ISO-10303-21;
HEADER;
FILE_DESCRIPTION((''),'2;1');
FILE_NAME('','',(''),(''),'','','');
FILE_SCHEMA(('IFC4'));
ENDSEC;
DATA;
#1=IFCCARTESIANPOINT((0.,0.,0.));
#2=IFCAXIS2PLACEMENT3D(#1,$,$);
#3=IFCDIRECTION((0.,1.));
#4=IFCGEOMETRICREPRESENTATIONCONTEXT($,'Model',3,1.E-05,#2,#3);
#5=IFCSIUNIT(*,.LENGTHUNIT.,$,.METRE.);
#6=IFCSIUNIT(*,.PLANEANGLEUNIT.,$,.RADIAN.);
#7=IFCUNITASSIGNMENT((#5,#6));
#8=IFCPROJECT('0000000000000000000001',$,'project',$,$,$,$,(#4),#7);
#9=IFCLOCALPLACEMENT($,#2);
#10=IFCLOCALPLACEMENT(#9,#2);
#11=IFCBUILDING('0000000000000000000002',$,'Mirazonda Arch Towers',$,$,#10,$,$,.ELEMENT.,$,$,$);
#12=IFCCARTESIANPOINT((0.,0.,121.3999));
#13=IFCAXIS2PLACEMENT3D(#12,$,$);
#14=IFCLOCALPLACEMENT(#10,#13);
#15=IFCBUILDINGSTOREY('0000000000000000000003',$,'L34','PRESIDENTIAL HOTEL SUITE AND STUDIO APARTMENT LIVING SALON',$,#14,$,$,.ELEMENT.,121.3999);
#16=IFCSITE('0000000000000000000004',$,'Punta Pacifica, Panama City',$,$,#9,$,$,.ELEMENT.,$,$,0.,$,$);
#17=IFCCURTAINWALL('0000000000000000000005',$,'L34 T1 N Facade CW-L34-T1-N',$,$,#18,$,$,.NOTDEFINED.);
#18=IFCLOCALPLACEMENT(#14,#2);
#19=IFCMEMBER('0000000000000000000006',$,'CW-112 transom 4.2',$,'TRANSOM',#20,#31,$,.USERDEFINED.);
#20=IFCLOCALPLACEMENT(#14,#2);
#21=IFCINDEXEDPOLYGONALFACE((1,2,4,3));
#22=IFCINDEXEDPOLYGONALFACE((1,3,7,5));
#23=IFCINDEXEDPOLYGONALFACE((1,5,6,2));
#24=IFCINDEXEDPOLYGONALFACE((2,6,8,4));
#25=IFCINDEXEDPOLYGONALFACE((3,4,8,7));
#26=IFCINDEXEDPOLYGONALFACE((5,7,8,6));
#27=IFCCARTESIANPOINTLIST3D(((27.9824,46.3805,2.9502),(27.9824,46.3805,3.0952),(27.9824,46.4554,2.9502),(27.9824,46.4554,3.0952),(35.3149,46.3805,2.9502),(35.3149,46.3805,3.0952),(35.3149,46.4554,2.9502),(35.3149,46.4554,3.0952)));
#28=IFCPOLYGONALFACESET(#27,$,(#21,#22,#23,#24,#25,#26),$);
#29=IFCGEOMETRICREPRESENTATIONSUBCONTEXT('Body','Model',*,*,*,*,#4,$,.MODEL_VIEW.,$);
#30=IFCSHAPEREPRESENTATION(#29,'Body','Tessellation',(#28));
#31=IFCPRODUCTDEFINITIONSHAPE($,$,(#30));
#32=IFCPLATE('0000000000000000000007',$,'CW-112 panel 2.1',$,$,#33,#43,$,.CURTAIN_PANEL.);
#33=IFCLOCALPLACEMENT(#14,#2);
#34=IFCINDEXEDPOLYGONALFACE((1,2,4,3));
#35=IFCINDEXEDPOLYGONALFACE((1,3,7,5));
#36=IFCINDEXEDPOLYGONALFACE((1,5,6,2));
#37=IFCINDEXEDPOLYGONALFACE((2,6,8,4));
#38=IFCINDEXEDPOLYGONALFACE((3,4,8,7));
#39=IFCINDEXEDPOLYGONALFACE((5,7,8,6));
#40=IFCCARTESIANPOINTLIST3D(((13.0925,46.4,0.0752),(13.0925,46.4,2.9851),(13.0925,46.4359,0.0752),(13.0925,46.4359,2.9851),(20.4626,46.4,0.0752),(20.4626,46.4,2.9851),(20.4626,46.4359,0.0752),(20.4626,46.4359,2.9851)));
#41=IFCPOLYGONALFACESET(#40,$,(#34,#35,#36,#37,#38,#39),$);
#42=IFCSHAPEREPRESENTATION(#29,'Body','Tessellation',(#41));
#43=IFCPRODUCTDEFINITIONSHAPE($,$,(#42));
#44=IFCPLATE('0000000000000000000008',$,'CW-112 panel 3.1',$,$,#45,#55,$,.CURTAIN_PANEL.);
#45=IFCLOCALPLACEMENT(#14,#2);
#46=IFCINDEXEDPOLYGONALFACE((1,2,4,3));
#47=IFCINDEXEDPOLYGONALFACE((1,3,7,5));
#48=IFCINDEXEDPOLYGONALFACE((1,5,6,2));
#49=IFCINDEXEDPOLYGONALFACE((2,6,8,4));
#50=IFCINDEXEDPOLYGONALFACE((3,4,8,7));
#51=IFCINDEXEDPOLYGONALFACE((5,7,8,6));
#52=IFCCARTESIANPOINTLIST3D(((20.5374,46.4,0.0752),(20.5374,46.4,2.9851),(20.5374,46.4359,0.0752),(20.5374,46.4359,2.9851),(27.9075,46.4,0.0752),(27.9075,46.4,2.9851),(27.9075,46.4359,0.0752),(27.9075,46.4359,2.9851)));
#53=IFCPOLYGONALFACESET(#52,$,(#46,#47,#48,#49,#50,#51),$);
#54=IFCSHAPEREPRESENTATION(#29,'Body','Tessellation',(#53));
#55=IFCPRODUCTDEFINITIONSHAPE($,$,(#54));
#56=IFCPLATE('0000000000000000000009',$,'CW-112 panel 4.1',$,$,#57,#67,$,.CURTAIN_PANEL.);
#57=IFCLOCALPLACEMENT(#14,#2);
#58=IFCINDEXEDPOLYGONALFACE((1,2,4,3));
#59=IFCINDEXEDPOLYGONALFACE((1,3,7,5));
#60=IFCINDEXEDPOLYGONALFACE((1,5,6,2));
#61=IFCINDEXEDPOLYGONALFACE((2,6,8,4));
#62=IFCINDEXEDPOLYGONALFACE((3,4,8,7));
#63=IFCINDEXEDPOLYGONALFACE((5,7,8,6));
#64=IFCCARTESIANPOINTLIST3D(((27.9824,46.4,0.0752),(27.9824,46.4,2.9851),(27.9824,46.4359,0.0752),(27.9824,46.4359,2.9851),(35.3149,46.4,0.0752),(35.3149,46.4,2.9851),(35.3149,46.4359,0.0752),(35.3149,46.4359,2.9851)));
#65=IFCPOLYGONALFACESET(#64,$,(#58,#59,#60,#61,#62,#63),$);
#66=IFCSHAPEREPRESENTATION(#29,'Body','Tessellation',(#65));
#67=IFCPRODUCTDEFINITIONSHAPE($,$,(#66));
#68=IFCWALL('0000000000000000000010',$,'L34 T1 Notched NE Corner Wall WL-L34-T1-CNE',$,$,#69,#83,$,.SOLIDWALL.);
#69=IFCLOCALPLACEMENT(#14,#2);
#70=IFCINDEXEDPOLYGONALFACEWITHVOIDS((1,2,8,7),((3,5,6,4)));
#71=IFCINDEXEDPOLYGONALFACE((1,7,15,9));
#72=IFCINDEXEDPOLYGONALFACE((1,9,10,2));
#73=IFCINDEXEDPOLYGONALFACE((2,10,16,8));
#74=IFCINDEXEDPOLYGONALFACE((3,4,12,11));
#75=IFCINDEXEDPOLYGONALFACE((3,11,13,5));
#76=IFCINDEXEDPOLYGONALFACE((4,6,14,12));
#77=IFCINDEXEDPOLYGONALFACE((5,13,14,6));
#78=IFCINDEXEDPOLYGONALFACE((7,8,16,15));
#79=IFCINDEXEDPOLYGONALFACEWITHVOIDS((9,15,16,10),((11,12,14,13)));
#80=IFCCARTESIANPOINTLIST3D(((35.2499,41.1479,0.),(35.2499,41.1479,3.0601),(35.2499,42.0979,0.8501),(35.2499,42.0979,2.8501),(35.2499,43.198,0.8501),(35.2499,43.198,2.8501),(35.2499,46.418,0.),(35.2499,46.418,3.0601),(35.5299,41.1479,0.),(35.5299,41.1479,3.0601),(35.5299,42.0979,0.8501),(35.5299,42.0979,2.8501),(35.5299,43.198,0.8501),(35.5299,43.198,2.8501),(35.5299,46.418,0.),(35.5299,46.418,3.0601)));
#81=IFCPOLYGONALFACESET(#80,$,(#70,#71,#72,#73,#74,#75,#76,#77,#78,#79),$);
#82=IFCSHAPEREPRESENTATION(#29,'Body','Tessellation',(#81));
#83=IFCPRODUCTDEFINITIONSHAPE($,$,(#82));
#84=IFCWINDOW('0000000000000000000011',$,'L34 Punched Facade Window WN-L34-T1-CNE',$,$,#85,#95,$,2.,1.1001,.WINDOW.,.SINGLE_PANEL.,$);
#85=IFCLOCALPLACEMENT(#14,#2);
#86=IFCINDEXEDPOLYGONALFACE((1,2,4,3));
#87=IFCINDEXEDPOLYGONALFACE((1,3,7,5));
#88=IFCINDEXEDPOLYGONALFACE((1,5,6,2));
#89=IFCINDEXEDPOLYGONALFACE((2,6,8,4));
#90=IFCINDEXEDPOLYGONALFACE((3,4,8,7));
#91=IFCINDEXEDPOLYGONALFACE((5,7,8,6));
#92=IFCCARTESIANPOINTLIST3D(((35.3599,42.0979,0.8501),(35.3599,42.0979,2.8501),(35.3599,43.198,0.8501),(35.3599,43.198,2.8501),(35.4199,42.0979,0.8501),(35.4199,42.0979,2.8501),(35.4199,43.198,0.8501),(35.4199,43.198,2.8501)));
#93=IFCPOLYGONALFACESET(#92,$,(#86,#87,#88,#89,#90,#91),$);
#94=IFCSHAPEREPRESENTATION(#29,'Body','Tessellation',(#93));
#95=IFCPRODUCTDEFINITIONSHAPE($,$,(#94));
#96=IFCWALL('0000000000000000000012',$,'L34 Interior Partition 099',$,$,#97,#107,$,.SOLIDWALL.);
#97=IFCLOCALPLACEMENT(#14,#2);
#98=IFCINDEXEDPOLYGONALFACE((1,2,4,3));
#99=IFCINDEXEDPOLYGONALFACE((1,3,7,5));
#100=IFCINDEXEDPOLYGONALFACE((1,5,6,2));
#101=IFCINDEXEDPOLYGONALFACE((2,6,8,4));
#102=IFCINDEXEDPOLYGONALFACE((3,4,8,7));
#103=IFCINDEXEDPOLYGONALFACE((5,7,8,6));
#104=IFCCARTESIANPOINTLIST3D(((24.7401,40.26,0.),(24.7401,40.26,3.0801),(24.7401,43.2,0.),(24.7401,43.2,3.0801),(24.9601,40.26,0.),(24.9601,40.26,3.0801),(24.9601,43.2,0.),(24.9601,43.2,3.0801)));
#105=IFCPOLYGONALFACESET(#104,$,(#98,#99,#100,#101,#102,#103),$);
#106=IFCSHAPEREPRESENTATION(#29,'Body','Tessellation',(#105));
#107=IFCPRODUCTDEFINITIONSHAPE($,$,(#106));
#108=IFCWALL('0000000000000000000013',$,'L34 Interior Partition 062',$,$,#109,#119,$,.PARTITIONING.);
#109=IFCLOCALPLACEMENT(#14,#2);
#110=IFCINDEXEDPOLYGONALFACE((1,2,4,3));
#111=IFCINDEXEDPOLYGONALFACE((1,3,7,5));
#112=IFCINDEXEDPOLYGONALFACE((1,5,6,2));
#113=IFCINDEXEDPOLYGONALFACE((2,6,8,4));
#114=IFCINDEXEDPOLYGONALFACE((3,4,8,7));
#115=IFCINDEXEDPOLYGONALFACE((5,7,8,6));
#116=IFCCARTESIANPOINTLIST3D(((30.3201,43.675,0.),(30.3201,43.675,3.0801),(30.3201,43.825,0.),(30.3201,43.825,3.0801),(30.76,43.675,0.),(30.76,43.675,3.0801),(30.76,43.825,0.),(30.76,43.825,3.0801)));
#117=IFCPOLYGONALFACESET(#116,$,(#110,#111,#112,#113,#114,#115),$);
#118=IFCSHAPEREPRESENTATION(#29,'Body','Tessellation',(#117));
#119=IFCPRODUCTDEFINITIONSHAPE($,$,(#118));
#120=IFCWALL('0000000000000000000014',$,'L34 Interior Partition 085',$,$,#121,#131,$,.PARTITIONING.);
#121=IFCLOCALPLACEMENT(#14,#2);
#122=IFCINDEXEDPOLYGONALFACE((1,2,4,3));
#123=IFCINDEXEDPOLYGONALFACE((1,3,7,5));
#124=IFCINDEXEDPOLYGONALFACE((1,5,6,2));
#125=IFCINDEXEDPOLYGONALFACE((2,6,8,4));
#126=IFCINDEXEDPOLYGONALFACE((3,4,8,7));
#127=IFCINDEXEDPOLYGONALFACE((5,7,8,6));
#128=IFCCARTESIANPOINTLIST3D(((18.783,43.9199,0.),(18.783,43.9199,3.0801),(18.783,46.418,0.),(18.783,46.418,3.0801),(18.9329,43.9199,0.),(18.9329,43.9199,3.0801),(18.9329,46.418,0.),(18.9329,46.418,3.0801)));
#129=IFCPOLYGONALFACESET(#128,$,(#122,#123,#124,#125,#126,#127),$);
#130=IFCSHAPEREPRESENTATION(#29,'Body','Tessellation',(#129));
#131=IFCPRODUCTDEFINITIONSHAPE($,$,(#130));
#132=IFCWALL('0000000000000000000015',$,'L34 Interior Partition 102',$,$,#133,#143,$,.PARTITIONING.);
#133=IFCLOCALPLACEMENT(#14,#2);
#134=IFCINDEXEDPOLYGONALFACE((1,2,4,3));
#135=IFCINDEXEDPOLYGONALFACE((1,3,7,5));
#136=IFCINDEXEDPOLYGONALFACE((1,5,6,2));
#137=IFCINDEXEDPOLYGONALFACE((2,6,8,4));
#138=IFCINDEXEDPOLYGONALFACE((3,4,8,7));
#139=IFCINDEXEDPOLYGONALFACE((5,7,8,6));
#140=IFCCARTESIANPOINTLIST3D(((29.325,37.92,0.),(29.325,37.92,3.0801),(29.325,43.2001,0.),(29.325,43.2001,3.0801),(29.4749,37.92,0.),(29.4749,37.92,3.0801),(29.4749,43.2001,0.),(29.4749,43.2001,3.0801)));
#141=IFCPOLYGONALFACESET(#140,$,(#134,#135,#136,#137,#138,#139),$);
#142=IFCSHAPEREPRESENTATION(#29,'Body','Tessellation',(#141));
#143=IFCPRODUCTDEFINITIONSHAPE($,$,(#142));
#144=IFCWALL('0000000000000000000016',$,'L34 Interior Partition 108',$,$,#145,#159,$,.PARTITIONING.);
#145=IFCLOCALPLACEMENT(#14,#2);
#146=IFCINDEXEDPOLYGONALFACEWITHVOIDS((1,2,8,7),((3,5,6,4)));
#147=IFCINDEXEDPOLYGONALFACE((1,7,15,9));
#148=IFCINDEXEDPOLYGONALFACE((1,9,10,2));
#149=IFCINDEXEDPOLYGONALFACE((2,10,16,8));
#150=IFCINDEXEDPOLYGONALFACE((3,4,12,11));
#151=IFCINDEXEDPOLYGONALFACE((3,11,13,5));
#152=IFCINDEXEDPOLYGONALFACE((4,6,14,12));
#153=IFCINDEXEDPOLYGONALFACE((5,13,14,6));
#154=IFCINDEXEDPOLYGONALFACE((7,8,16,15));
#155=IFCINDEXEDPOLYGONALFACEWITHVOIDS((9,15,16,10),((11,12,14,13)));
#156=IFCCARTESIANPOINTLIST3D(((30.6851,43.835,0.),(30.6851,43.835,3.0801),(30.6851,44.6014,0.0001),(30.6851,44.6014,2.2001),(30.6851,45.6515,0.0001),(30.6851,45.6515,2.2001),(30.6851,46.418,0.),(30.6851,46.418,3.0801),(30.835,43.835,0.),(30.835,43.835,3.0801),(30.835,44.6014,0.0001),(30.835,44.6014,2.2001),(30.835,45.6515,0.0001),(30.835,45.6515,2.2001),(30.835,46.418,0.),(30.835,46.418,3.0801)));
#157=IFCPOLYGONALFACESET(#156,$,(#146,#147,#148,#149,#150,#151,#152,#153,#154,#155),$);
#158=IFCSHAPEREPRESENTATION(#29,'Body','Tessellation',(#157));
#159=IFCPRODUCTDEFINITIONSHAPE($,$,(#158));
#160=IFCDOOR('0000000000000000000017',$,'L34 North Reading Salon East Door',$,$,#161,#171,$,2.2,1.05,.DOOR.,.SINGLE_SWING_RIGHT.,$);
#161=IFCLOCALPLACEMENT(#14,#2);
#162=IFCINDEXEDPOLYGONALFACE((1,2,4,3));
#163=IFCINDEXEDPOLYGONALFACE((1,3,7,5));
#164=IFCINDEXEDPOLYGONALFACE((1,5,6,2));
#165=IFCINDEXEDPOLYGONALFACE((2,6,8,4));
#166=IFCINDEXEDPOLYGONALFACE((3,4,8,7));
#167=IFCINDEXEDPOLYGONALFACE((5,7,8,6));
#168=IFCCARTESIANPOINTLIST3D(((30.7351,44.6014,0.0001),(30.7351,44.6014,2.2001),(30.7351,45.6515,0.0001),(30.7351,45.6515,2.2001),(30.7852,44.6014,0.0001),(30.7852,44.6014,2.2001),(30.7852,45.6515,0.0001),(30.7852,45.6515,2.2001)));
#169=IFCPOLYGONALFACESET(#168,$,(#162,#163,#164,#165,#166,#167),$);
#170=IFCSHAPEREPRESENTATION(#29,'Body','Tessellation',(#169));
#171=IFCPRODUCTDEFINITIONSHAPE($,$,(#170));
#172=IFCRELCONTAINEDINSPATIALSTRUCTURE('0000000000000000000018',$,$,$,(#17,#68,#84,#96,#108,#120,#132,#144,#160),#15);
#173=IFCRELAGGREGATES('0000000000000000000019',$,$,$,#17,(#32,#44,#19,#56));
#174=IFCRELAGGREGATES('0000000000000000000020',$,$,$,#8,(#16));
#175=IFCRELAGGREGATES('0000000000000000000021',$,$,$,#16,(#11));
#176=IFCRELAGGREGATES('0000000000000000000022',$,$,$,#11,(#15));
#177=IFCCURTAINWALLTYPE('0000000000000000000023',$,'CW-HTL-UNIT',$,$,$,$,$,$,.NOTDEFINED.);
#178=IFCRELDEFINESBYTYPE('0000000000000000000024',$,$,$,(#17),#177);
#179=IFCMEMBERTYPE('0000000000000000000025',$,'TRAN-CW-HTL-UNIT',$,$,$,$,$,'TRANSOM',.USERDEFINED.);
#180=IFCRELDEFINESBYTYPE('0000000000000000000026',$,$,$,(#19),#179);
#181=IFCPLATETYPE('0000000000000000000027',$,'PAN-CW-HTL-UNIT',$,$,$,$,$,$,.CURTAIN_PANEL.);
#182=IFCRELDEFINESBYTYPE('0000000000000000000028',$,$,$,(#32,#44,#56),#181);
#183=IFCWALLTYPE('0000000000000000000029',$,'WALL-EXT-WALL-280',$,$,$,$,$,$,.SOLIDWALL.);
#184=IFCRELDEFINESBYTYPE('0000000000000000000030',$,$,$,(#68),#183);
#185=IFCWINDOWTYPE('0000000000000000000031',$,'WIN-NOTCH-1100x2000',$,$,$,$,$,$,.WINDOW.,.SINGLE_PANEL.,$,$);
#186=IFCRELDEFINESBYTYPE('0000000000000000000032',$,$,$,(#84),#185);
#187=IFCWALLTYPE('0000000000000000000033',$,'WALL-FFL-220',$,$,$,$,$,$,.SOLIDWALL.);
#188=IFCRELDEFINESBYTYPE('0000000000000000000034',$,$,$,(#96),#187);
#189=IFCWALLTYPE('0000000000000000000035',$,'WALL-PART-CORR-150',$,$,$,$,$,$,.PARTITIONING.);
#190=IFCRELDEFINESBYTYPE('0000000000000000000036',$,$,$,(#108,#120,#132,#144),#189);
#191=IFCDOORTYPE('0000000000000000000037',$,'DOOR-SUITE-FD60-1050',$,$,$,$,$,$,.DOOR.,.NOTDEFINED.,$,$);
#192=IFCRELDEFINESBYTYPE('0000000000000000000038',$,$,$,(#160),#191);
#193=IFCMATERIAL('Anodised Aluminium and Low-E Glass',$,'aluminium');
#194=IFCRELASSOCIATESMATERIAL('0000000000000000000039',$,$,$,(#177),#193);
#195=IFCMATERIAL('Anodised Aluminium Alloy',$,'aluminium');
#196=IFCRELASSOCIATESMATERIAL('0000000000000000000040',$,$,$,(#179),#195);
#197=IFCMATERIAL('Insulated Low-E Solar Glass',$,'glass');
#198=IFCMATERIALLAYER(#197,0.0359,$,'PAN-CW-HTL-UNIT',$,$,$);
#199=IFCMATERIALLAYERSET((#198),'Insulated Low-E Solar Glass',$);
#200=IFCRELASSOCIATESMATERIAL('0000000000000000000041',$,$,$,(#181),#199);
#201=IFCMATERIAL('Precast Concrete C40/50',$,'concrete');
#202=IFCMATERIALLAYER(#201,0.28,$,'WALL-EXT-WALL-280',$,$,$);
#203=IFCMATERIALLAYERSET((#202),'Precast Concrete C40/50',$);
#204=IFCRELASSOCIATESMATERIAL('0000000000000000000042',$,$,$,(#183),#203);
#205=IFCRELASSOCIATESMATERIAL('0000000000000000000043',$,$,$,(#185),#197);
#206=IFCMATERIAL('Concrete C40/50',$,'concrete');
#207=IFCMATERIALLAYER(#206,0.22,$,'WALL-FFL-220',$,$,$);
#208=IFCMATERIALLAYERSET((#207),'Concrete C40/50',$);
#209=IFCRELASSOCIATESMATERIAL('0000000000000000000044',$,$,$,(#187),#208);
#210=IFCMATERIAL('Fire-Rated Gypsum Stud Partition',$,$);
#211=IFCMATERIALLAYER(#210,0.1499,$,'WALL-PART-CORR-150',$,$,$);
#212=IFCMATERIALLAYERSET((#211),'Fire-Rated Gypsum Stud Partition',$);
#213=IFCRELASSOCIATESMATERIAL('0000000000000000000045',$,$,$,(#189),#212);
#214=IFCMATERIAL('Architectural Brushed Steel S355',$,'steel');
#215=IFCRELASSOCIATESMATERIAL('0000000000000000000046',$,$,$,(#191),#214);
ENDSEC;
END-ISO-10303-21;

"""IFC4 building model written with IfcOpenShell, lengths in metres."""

from ifc_helpers import new_model, si_unit, direction, frame, frame_2d, origin, origin_2d, place, context, subcontext, project, spatial, rectangle, extrude, material, layer, layer_set, material_profile, profile_set, type_object, element, fill, aggregate, save


model = new_model("IFC4")

# Units and contexts
model_context = context("Model", 3, precision=1e-05, world=origin(), true_north=direction((0.0, 1.0)))
body_context = subcontext(model_context, "Body", "Model", "MODEL_VIEW")
ifc_project = project(units=[si_unit("LENGTHUNIT", "METRE"), si_unit("PLANEANGLEUNIT", "RADIAN")], contexts=[model_context])

# Site, building, storey
site_placement = place(None, origin())
site = spatial("IfcSite", under=ifc_project, at=site_placement, Name="Punta Pacifica, Panama City", CompositionType="ELEMENT", RefElevation=0.0)
building_placement = place(site_placement, origin())
building = spatial("IfcBuilding", under=site, at=building_placement, Name="Mirazonda Arch Towers", CompositionType="ELEMENT")
storey_placement = place(building_placement, frame((0.0, 0.0, 121.3999)))
storey = spatial("IfcBuildingStorey", under=building, at=storey_placement, Name="L34", Description="PRESIDENTIAL HOTEL SUITE AND STUDIO APARTMENT LIVING SALON", CompositionType="ELEMENT", Elevation=121.3999)

# Curtain wall, member, plates
ifc_material_1 = material(Name="Anodised Aluminium and Low-E Glass", Category="aluminium")
curtain_wall_type = type_object("IfcCurtainWallType", Name="CW-HTL-UNIT", PredefinedType="NOTDEFINED", material=ifc_material_1)
curtain_wall_placement = place(storey_placement, origin())
curtain_wall = element("IfcCurtainWall", 1, at=curtain_wall_placement, inside=storey, type_object=curtain_wall_type, Name="L34 T1 N Facade CW-L34-T1-N", PredefinedType="NOTDEFINED")
ifc_material_2 = material(Name="Anodised Aluminium Alloy", Category="aluminium")
ifc_material_profile_1 = material_profile(ifc_material_2, rectangle(XDim=0.075, YDim=0.145, at=origin_2d()), Name="ALU-TRAN-75x145")
ifc_profile_set_1 = profile_set([ifc_material_profile_1], Name="Anodised Aluminium Alloy")
member_type_1 = type_object("IfcMemberType", Name="TRAN-CW-HTL-UNIT", ElementType="TRANSOM", PredefinedType="USERDEFINED", material=ifc_profile_set_1)
member_1_placement = place(storey_placement, frame((27.9824, 46.418, 3.0227), z_axis=(1.0, 0.0, 0.0), x_axis=(0.0, 1.0, 0.0)))
member_1 = element("IfcMember", 2, at=member_1_placement, type_object=member_type_1, Name="CW-112 transom 4.2", ObjectType="TRANSOM", PredefinedType="USERDEFINED", context=body_context, shape_type="SweptSolid", body=[
    extrude(rectangle(XDim=0.075, YDim=0.145, at=origin_2d()), origin(), (0.0, 0.0, 1.0), 7.3325),
])
ifc_material_3 = material(Name="Insulated Low-E Solar Glass", Category="glass")
ifc_layer_1 = layer(ifc_material_3, 0.0359, Name="PAN-CW-HTL-UNIT")
ifc_layer_set_1 = layer_set([ifc_layer_1], Name="Insulated Low-E Solar Glass")
plate_type = type_object("IfcPlateType", Name="PAN-CW-HTL-UNIT", PredefinedType="CURTAIN_PANEL", material=ifc_layer_set_1)
plate_1_placement = place(storey_placement, frame((16.7776, 46.418, 0.0752), z_axis=(0.0, 0.0, 1.0), x_axis=(1.0, 0.0, 0.0)))
plate_1 = element("IfcPlate", 3, at=plate_1_placement, type_object=plate_type, Name="CW-112 panel 2.1", PredefinedType="CURTAIN_PANEL", context=body_context, shape_type="SweptSolid", body=[
    extrude(rectangle(XDim=7.3701, YDim=0.0359, at=origin_2d()), origin(), (0.0, 0.0, 1.0), 2.9099),
])
plate_2_placement = place(storey_placement, frame((24.2224, 46.418, 0.0752), z_axis=(0.0, 0.0, 1.0), x_axis=(1.0, 0.0, 0.0)))
plate_2 = element("IfcPlate", 4, at=plate_2_placement, type_object=plate_type, Name="CW-112 panel 3.1", PredefinedType="CURTAIN_PANEL", context=body_context, shape_type="SweptSolid", body=[
    extrude(rectangle(XDim=7.3701, YDim=0.0359, at=origin_2d()), origin(), (0.0, 0.0, 1.0), 2.9099),
])
plate_3_placement = place(storey_placement, frame((31.6487, 46.418, 0.0752), z_axis=(0.0, 0.0, 1.0), x_axis=(1.0, 0.0, 0.0)))
plate_3 = element("IfcPlate", 5, at=plate_3_placement, type_object=plate_type, Name="CW-112 panel 4.1", PredefinedType="CURTAIN_PANEL", context=body_context, shape_type="SweptSolid", body=[
    extrude(rectangle(XDim=7.3325, YDim=0.0359, at=origin_2d()), origin(), (0.0, 0.0, 1.0), 2.9099),
])
aggregate(curtain_wall, [plate_1, plate_2, member_1, plate_3])

# Wall, opening, window
ifc_material_4 = material(Name="Precast Concrete C40/50", Category="concrete")
ifc_layer_2 = layer(ifc_material_4, 0.28, Name="WALL-EXT-WALL-280")
ifc_layer_set_2 = layer_set([ifc_layer_2], Name="Precast Concrete C40/50")
wall_type_1 = type_object("IfcWallType", Name="WALL-EXT-WALL-280", PredefinedType="SOLIDWALL", material=ifc_layer_set_2)
wall_1_placement = place(storey_placement, frame((35.3899, 41.1479, 0.0), z_axis=(0.0, 0.0, 1.0), x_axis=(0.0, 1.0, 0.0)))
wall_1 = element("IfcWall", 6, at=wall_1_placement, inside=storey, type_object=wall_type_1, Name="L34 T1 Notched NE Corner Wall WL-L34-T1-CNE", PredefinedType="SOLIDWALL", context=body_context, shape_type="SweptSolid", body=[
    extrude(rectangle(XDim=5.27, YDim=0.28, at=frame_2d((2.635, 0.0))), origin(), (0.0, 0.0, 1.0), 3.0601),
])
opening_1_placement = place(wall_1_placement, frame((0.95, 0.0, 0.8501)))
opening_1 = element("IfcOpeningElement", 7, at=opening_1_placement, cuts=wall_1, PredefinedType="OPENING", context=body_context, shape_type="SweptSolid", body=[
    extrude(rectangle(XDim=1.1001, YDim=2.0, at=frame_2d((0.55, 1.0))), frame((0.0, 0.1499, 0.0), z_axis=(0.0, -1.0, 0.0), x_axis=(1.0, 0.0, 0.0)), (0.0, 0.0, 1.0), 0.3),
])
window_type = type_object("IfcWindowType", Name="WIN-NOTCH-1100x2000", PartitioningType="SINGLE_PANEL", PredefinedType="WINDOW", material=ifc_material_3)
window_placement = place(opening_1_placement, origin())
window = element("IfcWindow", 8, at=window_placement, inside=storey, type_object=window_type, Name="L34 Punched Facade Window WN-L34-T1-CNE", OverallHeight=2.0, OverallWidth=1.1001, PartitioningType="SINGLE_PANEL", PredefinedType="WINDOW", context=body_context, shape_type="SweptSolid", body=[
    extrude(rectangle(XDim=1.1001, YDim=2.0, at=frame_2d((0.55, 1.0))), frame((0.0, 0.03, 0.0), z_axis=(0.0, -1.0, 0.0), x_axis=(1.0, 0.0, 0.0)), (0.0, 0.0, 1.0), 0.0601),
])
fill(opening_1, window)

# Walls
ifc_material_5 = material(Name="Concrete C40/50", Category="concrete")
ifc_layer_3 = layer(ifc_material_5, 0.22, Name="WALL-FFL-220")
ifc_layer_set_3 = layer_set([ifc_layer_3], Name="Concrete C40/50")
wall_type_2 = type_object("IfcWallType", Name="WALL-FFL-220", PredefinedType="SOLIDWALL", material=ifc_layer_set_3)
wall_2_placement = place(storey_placement, frame((24.8501, 40.26, 0.0), z_axis=(0.0, 0.0, 1.0), x_axis=(0.0, 1.0, 0.0)))
element("IfcWall", 9, at=wall_2_placement, inside=storey, type_object=wall_type_2, Name="L34 Interior Partition 099", PredefinedType="SOLIDWALL", context=body_context, shape_type="SweptSolid", body=[
    extrude(rectangle(XDim=2.9399, YDim=0.22, at=frame_2d((1.47, 0.0))), origin(), (0.0, 0.0, 1.0), 3.0801),
])
ifc_material_6 = material(Name="Fire-Rated Gypsum Stud Partition")
ifc_layer_4 = layer(ifc_material_6, 0.1499, Name="WALL-PART-CORR-150")
ifc_layer_set_4 = layer_set([ifc_layer_4], Name="Fire-Rated Gypsum Stud Partition")
wall_type_3 = type_object("IfcWallType", Name="WALL-PART-CORR-150", PredefinedType="PARTITIONING", material=ifc_layer_set_4)
wall_3_placement = place(storey_placement, frame((30.3201, 43.75, 0.0), z_axis=(0.0, 0.0, 1.0), x_axis=(1.0, 0.0, 0.0)))
element("IfcWall", 10, at=wall_3_placement, inside=storey, type_object=wall_type_3, Name="L34 Interior Partition 062", PredefinedType="PARTITIONING", context=body_context, shape_type="SweptSolid", body=[
    extrude(rectangle(XDim=0.4399, YDim=0.1499, at=frame_2d((0.22, 0.0))), origin(), (0.0, 0.0, 1.0), 3.0801),
])
wall_4_placement = place(storey_placement, frame((18.8579, 43.9199, 0.0), z_axis=(0.0, 0.0, 1.0), x_axis=(0.0, 1.0, 0.0)))
element("IfcWall", 11, at=wall_4_placement, inside=storey, type_object=wall_type_3, Name="L34 Interior Partition 085", PredefinedType="PARTITIONING", context=body_context, shape_type="SweptSolid", body=[
    extrude(rectangle(XDim=2.498, YDim=0.1499, at=frame_2d((1.249, 0.0))), origin(), (0.0, 0.0, 1.0), 3.0801),
])
wall_5_placement = place(storey_placement, frame((29.3999, 37.9199, 0.0), z_axis=(0.0, 0.0, 1.0), x_axis=(0.0, 1.0, 0.0)))
element("IfcWall", 12, at=wall_5_placement, inside=storey, type_object=wall_type_3, Name="L34 Interior Partition 102", PredefinedType="PARTITIONING", context=body_context, shape_type="SweptSolid", body=[
    extrude(rectangle(XDim=5.28, YDim=0.1499, at=frame_2d((2.6401, 0.0))), origin(), (0.0, 0.0, 1.0), 3.0801),
])

# Wall, opening, door
wall_6_placement = place(storey_placement, frame((30.76, 43.835, 0.0), z_axis=(0.0, 0.0, 1.0), x_axis=(0.0, 1.0, 0.0)))
wall_6 = element("IfcWall", 13, at=wall_6_placement, inside=storey, type_object=wall_type_3, Name="L34 Interior Partition 108", PredefinedType="PARTITIONING", context=body_context, shape_type="SweptSolid", body=[
    extrude(rectangle(XDim=2.583, YDim=0.1499, at=frame_2d((1.2915, 0.0))), origin(), (0.0, 0.0, 1.0), 3.0801),
])
opening_2_placement = place(wall_6_placement, frame((0.7666, 0.0, 0.0)))
opening_2 = element("IfcOpeningElement", 14, at=opening_2_placement, cuts=wall_6, PredefinedType="OPENING", context=body_context, shape_type="SweptSolid", body=[
    extrude(rectangle(XDim=1.05, YDim=2.2, at=frame_2d((0.5249, 1.1001))), frame((0.0, 0.085, 0.0), z_axis=(0.0, -1.0, 0.0), x_axis=(1.0, 0.0, 0.0)), (0.0, 0.0, 1.0), 0.1699),
])
ifc_material_7 = material(Name="Architectural Brushed Steel S355", Category="steel")
door_type_1 = type_object("IfcDoorType", Name="DOOR-SUITE-FD60-1050", OperationType="NOTDEFINED", PredefinedType="DOOR", material=ifc_material_7)
door_1_placement = place(opening_2_placement, origin())
door_1 = element("IfcDoor", 15, at=door_1_placement, inside=storey, type_object=door_type_1, Name="L34 North Reading Salon East Door", OperationType="SINGLE_SWING_RIGHT", OverallHeight=2.2, OverallWidth=1.05, PredefinedType="DOOR", context=body_context, shape_type="SweptSolid", body=[
    extrude(rectangle(XDim=1.05, YDim=2.2, at=frame_2d((0.5249, 1.1001))), frame((0.0, 0.0249, 0.0), z_axis=(0.0, -1.0, 0.0), x_axis=(1.0, 0.0, 0.0)), (0.0, 0.0, 1.0), 0.05),
])
fill(opening_2, door_1)

save(model, "model.ifc")
